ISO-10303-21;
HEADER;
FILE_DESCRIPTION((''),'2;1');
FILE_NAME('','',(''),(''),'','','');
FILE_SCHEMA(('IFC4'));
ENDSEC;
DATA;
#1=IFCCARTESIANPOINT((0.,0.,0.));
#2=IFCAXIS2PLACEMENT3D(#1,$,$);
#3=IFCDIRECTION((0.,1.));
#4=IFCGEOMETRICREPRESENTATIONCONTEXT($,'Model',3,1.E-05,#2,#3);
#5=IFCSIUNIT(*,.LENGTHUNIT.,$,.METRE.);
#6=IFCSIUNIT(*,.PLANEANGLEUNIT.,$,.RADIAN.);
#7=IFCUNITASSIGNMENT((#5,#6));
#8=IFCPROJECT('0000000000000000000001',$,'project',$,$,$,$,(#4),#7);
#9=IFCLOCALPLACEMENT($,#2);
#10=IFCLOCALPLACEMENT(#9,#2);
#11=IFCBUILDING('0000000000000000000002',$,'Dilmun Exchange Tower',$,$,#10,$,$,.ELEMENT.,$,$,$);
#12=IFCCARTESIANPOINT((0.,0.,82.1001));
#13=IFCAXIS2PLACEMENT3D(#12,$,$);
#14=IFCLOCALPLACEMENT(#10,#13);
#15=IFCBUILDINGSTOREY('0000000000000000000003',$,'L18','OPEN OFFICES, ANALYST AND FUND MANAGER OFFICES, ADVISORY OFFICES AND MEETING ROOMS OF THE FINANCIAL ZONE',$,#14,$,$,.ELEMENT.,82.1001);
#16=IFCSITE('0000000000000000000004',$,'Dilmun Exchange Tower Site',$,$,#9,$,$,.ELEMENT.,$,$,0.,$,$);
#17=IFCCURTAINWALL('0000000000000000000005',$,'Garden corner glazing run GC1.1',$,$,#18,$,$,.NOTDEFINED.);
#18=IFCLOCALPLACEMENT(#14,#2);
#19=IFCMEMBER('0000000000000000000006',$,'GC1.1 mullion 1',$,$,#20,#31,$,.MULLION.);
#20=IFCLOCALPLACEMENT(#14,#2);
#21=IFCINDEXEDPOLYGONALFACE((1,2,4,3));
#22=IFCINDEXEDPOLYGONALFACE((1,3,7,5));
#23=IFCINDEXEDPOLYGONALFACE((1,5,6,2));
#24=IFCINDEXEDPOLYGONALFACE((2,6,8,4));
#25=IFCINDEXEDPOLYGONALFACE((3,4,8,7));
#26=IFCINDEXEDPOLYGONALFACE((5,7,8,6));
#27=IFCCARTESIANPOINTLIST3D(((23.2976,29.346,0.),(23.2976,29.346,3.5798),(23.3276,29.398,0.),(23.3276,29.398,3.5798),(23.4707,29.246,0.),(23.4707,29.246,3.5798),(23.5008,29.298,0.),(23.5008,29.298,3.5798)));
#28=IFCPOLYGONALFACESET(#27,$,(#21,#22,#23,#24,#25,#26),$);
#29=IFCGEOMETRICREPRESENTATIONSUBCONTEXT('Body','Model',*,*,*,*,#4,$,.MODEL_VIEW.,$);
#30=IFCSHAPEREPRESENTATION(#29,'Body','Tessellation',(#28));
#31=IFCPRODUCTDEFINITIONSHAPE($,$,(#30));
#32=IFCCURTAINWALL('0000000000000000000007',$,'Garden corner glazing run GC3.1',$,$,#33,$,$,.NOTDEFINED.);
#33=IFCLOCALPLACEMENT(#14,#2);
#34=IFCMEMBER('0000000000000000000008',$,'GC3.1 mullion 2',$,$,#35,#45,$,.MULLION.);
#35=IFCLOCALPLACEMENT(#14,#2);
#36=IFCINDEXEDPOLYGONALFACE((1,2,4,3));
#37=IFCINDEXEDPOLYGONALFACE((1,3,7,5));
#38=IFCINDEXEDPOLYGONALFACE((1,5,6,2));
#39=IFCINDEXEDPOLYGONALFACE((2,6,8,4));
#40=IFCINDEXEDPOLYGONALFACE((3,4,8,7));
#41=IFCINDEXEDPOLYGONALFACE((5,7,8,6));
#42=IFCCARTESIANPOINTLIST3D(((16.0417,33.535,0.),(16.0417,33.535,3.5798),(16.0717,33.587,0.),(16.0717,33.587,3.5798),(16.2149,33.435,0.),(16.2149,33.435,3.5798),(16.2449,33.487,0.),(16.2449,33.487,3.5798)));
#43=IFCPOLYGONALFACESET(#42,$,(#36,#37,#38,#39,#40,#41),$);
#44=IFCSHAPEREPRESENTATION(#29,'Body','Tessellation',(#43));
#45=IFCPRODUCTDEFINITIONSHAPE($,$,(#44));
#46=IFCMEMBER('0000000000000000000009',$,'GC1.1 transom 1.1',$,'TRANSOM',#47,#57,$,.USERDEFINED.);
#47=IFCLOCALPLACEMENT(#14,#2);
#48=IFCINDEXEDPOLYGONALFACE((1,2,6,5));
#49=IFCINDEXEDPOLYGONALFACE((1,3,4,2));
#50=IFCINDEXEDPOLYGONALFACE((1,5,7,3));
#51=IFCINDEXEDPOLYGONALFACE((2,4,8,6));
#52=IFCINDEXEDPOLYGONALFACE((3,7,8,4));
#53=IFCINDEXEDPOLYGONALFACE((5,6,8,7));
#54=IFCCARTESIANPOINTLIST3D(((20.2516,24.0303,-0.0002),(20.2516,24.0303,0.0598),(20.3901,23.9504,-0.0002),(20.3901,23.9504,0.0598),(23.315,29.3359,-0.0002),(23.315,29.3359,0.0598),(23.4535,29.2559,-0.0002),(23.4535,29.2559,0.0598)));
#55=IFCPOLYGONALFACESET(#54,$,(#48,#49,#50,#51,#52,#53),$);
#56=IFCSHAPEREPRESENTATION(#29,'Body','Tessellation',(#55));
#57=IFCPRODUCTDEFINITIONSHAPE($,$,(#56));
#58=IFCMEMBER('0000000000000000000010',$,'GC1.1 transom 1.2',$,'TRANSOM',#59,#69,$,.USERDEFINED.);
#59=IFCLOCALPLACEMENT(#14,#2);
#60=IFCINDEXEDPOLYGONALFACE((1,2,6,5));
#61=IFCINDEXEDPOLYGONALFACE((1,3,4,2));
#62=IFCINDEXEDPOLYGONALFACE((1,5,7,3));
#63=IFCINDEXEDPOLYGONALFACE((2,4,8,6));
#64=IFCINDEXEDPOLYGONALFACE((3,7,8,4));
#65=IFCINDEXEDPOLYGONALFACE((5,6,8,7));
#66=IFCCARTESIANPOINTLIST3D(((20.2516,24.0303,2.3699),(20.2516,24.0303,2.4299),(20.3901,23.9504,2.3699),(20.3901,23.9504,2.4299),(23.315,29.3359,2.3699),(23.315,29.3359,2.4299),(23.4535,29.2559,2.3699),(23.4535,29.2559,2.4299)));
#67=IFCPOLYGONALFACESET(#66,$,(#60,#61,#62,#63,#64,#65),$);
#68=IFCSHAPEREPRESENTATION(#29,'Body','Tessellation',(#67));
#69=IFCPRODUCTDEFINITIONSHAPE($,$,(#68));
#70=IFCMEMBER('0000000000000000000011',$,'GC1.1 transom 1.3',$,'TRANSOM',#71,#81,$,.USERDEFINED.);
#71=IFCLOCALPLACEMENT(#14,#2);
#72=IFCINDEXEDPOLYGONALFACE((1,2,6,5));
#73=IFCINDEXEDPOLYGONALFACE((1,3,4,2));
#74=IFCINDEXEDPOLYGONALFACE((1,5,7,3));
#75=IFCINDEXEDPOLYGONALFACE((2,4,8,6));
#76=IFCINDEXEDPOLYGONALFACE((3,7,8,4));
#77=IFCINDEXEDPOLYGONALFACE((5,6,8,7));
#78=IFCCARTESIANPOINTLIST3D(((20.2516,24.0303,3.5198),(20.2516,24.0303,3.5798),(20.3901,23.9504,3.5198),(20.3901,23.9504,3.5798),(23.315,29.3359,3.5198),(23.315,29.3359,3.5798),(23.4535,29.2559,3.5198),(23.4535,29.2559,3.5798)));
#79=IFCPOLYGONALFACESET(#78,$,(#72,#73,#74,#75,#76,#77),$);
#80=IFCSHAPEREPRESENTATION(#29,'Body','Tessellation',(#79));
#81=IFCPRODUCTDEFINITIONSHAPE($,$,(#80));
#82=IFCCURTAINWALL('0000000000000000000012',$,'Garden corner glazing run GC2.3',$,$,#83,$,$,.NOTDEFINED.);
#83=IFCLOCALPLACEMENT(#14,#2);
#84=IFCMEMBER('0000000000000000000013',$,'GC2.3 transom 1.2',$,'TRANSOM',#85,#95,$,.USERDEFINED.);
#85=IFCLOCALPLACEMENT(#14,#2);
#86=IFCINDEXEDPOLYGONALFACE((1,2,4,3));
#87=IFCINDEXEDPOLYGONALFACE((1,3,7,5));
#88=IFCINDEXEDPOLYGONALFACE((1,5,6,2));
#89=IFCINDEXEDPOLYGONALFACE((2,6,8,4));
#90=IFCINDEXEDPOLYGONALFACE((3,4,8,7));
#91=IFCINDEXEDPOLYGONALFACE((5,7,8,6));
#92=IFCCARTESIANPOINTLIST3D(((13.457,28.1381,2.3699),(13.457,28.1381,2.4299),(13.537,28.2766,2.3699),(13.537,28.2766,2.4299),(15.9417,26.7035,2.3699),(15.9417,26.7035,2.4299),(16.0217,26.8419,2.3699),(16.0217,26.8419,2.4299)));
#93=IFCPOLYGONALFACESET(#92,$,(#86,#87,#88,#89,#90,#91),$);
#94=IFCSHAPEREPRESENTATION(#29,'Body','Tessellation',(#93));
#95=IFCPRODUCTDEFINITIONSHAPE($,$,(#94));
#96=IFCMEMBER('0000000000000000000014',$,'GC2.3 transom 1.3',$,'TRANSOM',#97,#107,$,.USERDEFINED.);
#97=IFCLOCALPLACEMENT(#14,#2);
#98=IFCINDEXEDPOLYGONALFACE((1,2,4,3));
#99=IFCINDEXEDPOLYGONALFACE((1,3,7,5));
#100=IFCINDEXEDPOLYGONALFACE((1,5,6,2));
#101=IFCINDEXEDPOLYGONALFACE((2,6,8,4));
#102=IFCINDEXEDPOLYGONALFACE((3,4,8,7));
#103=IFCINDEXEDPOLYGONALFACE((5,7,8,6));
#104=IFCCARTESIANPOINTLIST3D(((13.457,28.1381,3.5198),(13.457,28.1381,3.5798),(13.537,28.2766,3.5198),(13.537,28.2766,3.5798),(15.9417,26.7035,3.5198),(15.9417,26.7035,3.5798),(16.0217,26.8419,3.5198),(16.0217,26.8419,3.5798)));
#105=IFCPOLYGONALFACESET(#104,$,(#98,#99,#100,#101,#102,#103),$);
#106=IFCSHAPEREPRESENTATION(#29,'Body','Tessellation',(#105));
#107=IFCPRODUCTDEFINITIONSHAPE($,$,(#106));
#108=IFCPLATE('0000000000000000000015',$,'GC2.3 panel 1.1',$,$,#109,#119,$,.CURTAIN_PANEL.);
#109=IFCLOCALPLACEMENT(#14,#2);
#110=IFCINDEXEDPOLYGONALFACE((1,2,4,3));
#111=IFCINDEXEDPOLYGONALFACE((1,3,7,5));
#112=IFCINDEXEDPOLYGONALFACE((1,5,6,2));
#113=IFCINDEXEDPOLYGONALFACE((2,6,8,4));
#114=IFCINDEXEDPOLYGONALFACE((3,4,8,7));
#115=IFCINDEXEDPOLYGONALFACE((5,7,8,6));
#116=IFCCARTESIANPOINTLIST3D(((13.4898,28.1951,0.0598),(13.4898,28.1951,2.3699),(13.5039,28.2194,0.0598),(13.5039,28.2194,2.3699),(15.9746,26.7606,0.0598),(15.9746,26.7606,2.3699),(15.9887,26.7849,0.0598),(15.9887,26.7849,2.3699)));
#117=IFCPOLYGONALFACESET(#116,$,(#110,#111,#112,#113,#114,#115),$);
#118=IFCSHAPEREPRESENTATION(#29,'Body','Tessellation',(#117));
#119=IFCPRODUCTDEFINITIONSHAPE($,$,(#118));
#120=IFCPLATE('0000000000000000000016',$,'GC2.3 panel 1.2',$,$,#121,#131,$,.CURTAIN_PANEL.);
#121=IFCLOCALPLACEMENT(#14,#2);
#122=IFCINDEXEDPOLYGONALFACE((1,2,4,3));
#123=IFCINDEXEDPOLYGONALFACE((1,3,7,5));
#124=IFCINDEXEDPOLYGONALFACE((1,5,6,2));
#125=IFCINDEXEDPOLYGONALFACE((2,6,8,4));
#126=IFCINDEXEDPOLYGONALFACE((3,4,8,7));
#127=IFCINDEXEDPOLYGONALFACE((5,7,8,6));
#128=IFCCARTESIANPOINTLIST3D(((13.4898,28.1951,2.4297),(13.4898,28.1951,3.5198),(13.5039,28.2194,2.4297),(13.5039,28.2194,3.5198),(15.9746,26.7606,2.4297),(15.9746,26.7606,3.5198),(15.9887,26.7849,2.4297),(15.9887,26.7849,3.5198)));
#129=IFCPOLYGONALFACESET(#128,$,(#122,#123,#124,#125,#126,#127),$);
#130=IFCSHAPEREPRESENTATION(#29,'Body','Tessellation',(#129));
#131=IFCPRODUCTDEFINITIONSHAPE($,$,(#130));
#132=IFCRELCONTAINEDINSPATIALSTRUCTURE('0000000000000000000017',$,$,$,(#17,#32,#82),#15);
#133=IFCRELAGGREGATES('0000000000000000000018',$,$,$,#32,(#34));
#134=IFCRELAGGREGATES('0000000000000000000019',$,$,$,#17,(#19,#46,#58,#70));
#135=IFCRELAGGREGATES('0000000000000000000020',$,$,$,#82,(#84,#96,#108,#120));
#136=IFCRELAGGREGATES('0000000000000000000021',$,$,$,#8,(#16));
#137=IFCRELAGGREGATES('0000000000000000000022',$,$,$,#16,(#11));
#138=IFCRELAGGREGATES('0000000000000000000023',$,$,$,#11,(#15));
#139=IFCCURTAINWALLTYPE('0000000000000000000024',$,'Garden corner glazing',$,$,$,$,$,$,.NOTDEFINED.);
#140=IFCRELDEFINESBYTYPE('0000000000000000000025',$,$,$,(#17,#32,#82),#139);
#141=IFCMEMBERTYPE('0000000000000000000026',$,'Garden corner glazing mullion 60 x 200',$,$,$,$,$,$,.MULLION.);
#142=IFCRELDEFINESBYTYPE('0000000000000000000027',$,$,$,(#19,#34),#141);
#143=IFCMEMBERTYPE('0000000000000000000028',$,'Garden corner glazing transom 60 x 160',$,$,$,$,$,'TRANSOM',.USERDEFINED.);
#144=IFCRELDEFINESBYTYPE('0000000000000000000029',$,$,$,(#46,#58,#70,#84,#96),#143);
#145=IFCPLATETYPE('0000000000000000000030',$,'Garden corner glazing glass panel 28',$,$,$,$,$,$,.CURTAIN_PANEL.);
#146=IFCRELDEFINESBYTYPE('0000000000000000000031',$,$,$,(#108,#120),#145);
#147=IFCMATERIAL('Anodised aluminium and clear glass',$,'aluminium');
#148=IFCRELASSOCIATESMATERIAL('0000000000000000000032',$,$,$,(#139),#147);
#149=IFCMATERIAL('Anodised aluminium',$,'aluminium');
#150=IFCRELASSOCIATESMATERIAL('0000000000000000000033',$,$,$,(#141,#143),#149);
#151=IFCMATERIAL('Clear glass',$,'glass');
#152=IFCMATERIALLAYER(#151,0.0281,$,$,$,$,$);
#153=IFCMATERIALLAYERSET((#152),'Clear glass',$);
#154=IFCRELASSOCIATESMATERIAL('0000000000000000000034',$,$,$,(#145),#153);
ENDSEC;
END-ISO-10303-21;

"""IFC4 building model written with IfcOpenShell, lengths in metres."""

from ifc_helpers import new_model, si_unit, direction, frame, origin, origin_2d, place, context, subcontext, project, spatial, rectangle, extrude, material, layer, layer_set, material_profile, profile_set, type_object, element, aggregate, save


model = new_model("IFC4")

# Units and contexts
model_context = context("Model", 3, precision=1e-05, world=origin(), true_north=direction((0.0, 1.0)))
body_context = subcontext(model_context, "Body", "Model", "MODEL_VIEW")
ifc_project = project(units=[si_unit("LENGTHUNIT", "METRE"), si_unit("PLANEANGLEUNIT", "RADIAN")], contexts=[model_context])

# Site, building, storey
site_placement = place(None, origin())
site = spatial("IfcSite", under=ifc_project, at=site_placement, Name="Dilmun Exchange Tower Site", CompositionType="ELEMENT", RefElevation=0.0)
building_placement = place(site_placement, origin())
building = spatial("IfcBuilding", under=site, at=building_placement, Name="Dilmun Exchange Tower", CompositionType="ELEMENT")
storey_placement = place(building_placement, frame((0.0, 0.0, 82.1001)))
storey = spatial("IfcBuildingStorey", under=building, at=storey_placement, Name="L18", Description="OPEN OFFICES, ANALYST AND FUND MANAGER OFFICES, ADVISORY OFFICES AND MEETING ROOMS OF THE FINANCIAL ZONE", CompositionType="ELEMENT", Elevation=82.1001)

# Curtain walls, members
ifc_material_1 = material(Name="Anodised aluminium and clear glass", Category="aluminium")
curtain_wall_type = type_object("IfcCurtainWallType", Name="Garden corner glazing", PredefinedType="NOTDEFINED", material=ifc_material_1)
curtain_wall_1_placement = place(storey_placement, origin())
curtain_wall_1 = element("IfcCurtainWall", 1, at=curtain_wall_1_placement, inside=storey, type_object=curtain_wall_type, Name="Garden corner glazing run GC1.1", PredefinedType="NOTDEFINED")
ifc_material_2 = material(Name="Anodised aluminium", Category="aluminium")
ifc_material_profile_1 = material_profile(ifc_material_2, rectangle(XDim=0.2, YDim=0.0601, at=origin_2d()), Name="AL 60x200")
ifc_profile_set_1 = profile_set([ifc_material_profile_1], Name="Anodised aluminium")
member_type_1 = type_object("IfcMemberType", Name="Garden corner glazing mullion 60 x 200", PredefinedType="MULLION", material=ifc_profile_set_1)
member_1_placement = place(storey_placement, frame((23.3992, 29.322, 0.0), z_axis=(0.0, 0.0, 1.0), x_axis=(0.866021, -0.500008, 0.0)))
member_1 = element("IfcMember", 2, at=member_1_placement, type_object=member_type_1, Name="GC1.1 mullion 1", PredefinedType="MULLION", context=body_context, shape_type="SweptSolid", body=[
    extrude(rectangle(XDim=0.2, YDim=0.0601, at=origin_2d()), origin(), (0.0, 0.0, 1.0), 3.5798),
])
curtain_wall_2_placement = place(storey_placement, origin())
curtain_wall_2 = element("IfcCurtainWall", 3, at=curtain_wall_2_placement, inside=storey, type_object=curtain_wall_type, Name="Garden corner glazing run GC3.1", PredefinedType="NOTDEFINED")
member_2_placement = place(storey_placement, frame((16.1433, 33.511, 0.0), z_axis=(0.0, 0.0, 1.0), x_axis=(-0.866028, 0.499996, 0.0)))
member_2 = element("IfcMember", 4, at=member_2_placement, type_object=member_type_1, Name="GC3.1 mullion 2", PredefinedType="MULLION", context=body_context, shape_type="SweptSolid", body=[
    extrude(rectangle(XDim=0.2, YDim=0.0601, at=origin_2d()), origin(), (0.0, 0.0, 1.0), 3.5798),
])
aggregate(curtain_wall_2, [member_2])

# Members
ifc_material_profile_2 = material_profile(ifc_material_2, rectangle(XDim=0.1599, YDim=0.0601, at=origin_2d()), Name="AL 60x160")
ifc_profile_set_2 = profile_set([ifc_material_profile_2], Name="Anodised aluminium")
member_type_2 = type_object("IfcMemberType", Name="Garden corner glazing transom 60 x 160", ElementType="TRANSOM", PredefinedType="USERDEFINED", material=ifc_profile_set_2)
member_3_placement = place(storey_placement, frame((23.3843, 29.2959, 0.0298), z_axis=(-0.500031, -0.866008, 0.0), x_axis=(0.866008, -0.500031, 0.0)))
member_3 = element("IfcMember", 5, at=member_3_placement, type_object=member_type_2, Name="GC1.1 transom 1.1", ObjectType="TRANSOM", PredefinedType="USERDEFINED", context=body_context, shape_type="SweptSolid", body=[
    extrude(rectangle(XDim=0.1599, YDim=0.0601, at=origin_2d()), origin(), (0.0, 0.0, 1.0), 6.1265),
])
member_4_placement = place(storey_placement, frame((23.3843, 29.2959, 2.3999), z_axis=(-0.500031, -0.866008, 0.0), x_axis=(0.866008, -0.500031, 0.0)))
member_4 = element("IfcMember", 6, at=member_4_placement, type_object=member_type_2, Name="GC1.1 transom 1.2", ObjectType="TRANSOM", PredefinedType="USERDEFINED", context=body_context, shape_type="SweptSolid", body=[
    extrude(rectangle(XDim=0.1599, YDim=0.0601, at=origin_2d()), origin(), (0.0, 0.0, 1.0), 6.1265),
])
member_5_placement = place(storey_placement, frame((23.3843, 29.2959, 3.5498), z_axis=(-0.500031, -0.866008, 0.0), x_axis=(0.866008, -0.500031, 0.0)))
member_5 = element("IfcMember", 7, at=member_5_placement, type_object=member_type_2, Name="GC1.1 transom 1.3", ObjectType="TRANSOM", PredefinedType="USERDEFINED", context=body_context, shape_type="SweptSolid", body=[
    extrude(rectangle(XDim=0.1599, YDim=0.0601, at=origin_2d()), origin(), (0.0, 0.0, 1.0), 6.1265),
])
aggregate(curtain_wall_1, [member_1, member_3, member_4, member_5])

# Curtain wall, members, plates
curtain_wall_3_placement = place(storey_placement, origin())
curtain_wall_3 = element("IfcCurtainWall", 8, at=curtain_wall_3_placement, inside=storey, type_object=curtain_wall_type, Name="Garden corner glazing run GC2.3", PredefinedType="NOTDEFINED")
member_6_placement = place(storey_placement, frame((15.9817, 26.7727, 2.3999), z_axis=(-0.866014, 0.50002, 0.0), x_axis=(-0.50002, -0.866014, 0.0)))
member_6 = element("IfcMember", 9, at=member_6_placement, type_object=member_type_2, Name="GC2.3 transom 1.2", ObjectType="TRANSOM", PredefinedType="USERDEFINED", context=body_context, shape_type="SweptSolid", body=[
    extrude(rectangle(XDim=0.1599, YDim=0.0601, at=origin_2d()), origin(), (0.0, 0.0, 1.0), 2.8691),
])
member_7_placement = place(storey_placement, frame((15.9817, 26.7727, 3.5498), z_axis=(-0.866014, 0.50002, 0.0), x_axis=(-0.50002, -0.866014, 0.0)))
member_7 = element("IfcMember", 10, at=member_7_placement, type_object=member_type_2, Name="GC2.3 transom 1.3", ObjectType="TRANSOM", PredefinedType="USERDEFINED", context=body_context, shape_type="SweptSolid", body=[
    extrude(rectangle(XDim=0.1599, YDim=0.0601, at=origin_2d()), origin(), (0.0, 0.0, 1.0), 2.8691),
])
ifc_material_3 = material(Name="Clear glass", Category="glass")
ifc_layer_1 = layer(ifc_material_3, 0.0281)
ifc_layer_set_1 = layer_set([ifc_layer_1], Name="Clear glass")
plate_type = type_object("IfcPlateType", Name="Garden corner glazing glass panel 28", PredefinedType="CURTAIN_PANEL", material=ifc_layer_set_1)
plate_1_placement = place(storey_placement, frame((14.7393, 27.49, 0.0598), z_axis=(0.0, 0.0, 1.0), x_axis=(-0.866038, 0.499978, 0.0)))
plate_1 = element("IfcPlate", 11, at=plate_1_placement, type_object=plate_type, Name="GC2.3 panel 1.1", PredefinedType="CURTAIN_PANEL", context=body_context, shape_type="SweptSolid", body=[
    extrude(rectangle(XDim=2.8691, YDim=0.0281, at=origin_2d()), origin(), (0.0, 0.0, 1.0), 2.3101),
])
plate_2_placement = place(storey_placement, frame((14.7393, 27.49, 2.4297), z_axis=(0.0, 0.0, 1.0), x_axis=(-0.866038, 0.499978, 0.0)))
plate_2 = element("IfcPlate", 12, at=plate_2_placement, type_object=plate_type, Name="GC2.3 panel 1.2", PredefinedType="CURTAIN_PANEL", context=body_context, shape_type="SweptSolid", body=[
    extrude(rectangle(XDim=2.8691, YDim=0.0281, at=origin_2d()), origin(), (0.0, 0.0, 1.0), 1.0901),
])
aggregate(curtain_wall_3, [member_6, member_7, plate_1, plate_2])

save(model, "model.ifc")
